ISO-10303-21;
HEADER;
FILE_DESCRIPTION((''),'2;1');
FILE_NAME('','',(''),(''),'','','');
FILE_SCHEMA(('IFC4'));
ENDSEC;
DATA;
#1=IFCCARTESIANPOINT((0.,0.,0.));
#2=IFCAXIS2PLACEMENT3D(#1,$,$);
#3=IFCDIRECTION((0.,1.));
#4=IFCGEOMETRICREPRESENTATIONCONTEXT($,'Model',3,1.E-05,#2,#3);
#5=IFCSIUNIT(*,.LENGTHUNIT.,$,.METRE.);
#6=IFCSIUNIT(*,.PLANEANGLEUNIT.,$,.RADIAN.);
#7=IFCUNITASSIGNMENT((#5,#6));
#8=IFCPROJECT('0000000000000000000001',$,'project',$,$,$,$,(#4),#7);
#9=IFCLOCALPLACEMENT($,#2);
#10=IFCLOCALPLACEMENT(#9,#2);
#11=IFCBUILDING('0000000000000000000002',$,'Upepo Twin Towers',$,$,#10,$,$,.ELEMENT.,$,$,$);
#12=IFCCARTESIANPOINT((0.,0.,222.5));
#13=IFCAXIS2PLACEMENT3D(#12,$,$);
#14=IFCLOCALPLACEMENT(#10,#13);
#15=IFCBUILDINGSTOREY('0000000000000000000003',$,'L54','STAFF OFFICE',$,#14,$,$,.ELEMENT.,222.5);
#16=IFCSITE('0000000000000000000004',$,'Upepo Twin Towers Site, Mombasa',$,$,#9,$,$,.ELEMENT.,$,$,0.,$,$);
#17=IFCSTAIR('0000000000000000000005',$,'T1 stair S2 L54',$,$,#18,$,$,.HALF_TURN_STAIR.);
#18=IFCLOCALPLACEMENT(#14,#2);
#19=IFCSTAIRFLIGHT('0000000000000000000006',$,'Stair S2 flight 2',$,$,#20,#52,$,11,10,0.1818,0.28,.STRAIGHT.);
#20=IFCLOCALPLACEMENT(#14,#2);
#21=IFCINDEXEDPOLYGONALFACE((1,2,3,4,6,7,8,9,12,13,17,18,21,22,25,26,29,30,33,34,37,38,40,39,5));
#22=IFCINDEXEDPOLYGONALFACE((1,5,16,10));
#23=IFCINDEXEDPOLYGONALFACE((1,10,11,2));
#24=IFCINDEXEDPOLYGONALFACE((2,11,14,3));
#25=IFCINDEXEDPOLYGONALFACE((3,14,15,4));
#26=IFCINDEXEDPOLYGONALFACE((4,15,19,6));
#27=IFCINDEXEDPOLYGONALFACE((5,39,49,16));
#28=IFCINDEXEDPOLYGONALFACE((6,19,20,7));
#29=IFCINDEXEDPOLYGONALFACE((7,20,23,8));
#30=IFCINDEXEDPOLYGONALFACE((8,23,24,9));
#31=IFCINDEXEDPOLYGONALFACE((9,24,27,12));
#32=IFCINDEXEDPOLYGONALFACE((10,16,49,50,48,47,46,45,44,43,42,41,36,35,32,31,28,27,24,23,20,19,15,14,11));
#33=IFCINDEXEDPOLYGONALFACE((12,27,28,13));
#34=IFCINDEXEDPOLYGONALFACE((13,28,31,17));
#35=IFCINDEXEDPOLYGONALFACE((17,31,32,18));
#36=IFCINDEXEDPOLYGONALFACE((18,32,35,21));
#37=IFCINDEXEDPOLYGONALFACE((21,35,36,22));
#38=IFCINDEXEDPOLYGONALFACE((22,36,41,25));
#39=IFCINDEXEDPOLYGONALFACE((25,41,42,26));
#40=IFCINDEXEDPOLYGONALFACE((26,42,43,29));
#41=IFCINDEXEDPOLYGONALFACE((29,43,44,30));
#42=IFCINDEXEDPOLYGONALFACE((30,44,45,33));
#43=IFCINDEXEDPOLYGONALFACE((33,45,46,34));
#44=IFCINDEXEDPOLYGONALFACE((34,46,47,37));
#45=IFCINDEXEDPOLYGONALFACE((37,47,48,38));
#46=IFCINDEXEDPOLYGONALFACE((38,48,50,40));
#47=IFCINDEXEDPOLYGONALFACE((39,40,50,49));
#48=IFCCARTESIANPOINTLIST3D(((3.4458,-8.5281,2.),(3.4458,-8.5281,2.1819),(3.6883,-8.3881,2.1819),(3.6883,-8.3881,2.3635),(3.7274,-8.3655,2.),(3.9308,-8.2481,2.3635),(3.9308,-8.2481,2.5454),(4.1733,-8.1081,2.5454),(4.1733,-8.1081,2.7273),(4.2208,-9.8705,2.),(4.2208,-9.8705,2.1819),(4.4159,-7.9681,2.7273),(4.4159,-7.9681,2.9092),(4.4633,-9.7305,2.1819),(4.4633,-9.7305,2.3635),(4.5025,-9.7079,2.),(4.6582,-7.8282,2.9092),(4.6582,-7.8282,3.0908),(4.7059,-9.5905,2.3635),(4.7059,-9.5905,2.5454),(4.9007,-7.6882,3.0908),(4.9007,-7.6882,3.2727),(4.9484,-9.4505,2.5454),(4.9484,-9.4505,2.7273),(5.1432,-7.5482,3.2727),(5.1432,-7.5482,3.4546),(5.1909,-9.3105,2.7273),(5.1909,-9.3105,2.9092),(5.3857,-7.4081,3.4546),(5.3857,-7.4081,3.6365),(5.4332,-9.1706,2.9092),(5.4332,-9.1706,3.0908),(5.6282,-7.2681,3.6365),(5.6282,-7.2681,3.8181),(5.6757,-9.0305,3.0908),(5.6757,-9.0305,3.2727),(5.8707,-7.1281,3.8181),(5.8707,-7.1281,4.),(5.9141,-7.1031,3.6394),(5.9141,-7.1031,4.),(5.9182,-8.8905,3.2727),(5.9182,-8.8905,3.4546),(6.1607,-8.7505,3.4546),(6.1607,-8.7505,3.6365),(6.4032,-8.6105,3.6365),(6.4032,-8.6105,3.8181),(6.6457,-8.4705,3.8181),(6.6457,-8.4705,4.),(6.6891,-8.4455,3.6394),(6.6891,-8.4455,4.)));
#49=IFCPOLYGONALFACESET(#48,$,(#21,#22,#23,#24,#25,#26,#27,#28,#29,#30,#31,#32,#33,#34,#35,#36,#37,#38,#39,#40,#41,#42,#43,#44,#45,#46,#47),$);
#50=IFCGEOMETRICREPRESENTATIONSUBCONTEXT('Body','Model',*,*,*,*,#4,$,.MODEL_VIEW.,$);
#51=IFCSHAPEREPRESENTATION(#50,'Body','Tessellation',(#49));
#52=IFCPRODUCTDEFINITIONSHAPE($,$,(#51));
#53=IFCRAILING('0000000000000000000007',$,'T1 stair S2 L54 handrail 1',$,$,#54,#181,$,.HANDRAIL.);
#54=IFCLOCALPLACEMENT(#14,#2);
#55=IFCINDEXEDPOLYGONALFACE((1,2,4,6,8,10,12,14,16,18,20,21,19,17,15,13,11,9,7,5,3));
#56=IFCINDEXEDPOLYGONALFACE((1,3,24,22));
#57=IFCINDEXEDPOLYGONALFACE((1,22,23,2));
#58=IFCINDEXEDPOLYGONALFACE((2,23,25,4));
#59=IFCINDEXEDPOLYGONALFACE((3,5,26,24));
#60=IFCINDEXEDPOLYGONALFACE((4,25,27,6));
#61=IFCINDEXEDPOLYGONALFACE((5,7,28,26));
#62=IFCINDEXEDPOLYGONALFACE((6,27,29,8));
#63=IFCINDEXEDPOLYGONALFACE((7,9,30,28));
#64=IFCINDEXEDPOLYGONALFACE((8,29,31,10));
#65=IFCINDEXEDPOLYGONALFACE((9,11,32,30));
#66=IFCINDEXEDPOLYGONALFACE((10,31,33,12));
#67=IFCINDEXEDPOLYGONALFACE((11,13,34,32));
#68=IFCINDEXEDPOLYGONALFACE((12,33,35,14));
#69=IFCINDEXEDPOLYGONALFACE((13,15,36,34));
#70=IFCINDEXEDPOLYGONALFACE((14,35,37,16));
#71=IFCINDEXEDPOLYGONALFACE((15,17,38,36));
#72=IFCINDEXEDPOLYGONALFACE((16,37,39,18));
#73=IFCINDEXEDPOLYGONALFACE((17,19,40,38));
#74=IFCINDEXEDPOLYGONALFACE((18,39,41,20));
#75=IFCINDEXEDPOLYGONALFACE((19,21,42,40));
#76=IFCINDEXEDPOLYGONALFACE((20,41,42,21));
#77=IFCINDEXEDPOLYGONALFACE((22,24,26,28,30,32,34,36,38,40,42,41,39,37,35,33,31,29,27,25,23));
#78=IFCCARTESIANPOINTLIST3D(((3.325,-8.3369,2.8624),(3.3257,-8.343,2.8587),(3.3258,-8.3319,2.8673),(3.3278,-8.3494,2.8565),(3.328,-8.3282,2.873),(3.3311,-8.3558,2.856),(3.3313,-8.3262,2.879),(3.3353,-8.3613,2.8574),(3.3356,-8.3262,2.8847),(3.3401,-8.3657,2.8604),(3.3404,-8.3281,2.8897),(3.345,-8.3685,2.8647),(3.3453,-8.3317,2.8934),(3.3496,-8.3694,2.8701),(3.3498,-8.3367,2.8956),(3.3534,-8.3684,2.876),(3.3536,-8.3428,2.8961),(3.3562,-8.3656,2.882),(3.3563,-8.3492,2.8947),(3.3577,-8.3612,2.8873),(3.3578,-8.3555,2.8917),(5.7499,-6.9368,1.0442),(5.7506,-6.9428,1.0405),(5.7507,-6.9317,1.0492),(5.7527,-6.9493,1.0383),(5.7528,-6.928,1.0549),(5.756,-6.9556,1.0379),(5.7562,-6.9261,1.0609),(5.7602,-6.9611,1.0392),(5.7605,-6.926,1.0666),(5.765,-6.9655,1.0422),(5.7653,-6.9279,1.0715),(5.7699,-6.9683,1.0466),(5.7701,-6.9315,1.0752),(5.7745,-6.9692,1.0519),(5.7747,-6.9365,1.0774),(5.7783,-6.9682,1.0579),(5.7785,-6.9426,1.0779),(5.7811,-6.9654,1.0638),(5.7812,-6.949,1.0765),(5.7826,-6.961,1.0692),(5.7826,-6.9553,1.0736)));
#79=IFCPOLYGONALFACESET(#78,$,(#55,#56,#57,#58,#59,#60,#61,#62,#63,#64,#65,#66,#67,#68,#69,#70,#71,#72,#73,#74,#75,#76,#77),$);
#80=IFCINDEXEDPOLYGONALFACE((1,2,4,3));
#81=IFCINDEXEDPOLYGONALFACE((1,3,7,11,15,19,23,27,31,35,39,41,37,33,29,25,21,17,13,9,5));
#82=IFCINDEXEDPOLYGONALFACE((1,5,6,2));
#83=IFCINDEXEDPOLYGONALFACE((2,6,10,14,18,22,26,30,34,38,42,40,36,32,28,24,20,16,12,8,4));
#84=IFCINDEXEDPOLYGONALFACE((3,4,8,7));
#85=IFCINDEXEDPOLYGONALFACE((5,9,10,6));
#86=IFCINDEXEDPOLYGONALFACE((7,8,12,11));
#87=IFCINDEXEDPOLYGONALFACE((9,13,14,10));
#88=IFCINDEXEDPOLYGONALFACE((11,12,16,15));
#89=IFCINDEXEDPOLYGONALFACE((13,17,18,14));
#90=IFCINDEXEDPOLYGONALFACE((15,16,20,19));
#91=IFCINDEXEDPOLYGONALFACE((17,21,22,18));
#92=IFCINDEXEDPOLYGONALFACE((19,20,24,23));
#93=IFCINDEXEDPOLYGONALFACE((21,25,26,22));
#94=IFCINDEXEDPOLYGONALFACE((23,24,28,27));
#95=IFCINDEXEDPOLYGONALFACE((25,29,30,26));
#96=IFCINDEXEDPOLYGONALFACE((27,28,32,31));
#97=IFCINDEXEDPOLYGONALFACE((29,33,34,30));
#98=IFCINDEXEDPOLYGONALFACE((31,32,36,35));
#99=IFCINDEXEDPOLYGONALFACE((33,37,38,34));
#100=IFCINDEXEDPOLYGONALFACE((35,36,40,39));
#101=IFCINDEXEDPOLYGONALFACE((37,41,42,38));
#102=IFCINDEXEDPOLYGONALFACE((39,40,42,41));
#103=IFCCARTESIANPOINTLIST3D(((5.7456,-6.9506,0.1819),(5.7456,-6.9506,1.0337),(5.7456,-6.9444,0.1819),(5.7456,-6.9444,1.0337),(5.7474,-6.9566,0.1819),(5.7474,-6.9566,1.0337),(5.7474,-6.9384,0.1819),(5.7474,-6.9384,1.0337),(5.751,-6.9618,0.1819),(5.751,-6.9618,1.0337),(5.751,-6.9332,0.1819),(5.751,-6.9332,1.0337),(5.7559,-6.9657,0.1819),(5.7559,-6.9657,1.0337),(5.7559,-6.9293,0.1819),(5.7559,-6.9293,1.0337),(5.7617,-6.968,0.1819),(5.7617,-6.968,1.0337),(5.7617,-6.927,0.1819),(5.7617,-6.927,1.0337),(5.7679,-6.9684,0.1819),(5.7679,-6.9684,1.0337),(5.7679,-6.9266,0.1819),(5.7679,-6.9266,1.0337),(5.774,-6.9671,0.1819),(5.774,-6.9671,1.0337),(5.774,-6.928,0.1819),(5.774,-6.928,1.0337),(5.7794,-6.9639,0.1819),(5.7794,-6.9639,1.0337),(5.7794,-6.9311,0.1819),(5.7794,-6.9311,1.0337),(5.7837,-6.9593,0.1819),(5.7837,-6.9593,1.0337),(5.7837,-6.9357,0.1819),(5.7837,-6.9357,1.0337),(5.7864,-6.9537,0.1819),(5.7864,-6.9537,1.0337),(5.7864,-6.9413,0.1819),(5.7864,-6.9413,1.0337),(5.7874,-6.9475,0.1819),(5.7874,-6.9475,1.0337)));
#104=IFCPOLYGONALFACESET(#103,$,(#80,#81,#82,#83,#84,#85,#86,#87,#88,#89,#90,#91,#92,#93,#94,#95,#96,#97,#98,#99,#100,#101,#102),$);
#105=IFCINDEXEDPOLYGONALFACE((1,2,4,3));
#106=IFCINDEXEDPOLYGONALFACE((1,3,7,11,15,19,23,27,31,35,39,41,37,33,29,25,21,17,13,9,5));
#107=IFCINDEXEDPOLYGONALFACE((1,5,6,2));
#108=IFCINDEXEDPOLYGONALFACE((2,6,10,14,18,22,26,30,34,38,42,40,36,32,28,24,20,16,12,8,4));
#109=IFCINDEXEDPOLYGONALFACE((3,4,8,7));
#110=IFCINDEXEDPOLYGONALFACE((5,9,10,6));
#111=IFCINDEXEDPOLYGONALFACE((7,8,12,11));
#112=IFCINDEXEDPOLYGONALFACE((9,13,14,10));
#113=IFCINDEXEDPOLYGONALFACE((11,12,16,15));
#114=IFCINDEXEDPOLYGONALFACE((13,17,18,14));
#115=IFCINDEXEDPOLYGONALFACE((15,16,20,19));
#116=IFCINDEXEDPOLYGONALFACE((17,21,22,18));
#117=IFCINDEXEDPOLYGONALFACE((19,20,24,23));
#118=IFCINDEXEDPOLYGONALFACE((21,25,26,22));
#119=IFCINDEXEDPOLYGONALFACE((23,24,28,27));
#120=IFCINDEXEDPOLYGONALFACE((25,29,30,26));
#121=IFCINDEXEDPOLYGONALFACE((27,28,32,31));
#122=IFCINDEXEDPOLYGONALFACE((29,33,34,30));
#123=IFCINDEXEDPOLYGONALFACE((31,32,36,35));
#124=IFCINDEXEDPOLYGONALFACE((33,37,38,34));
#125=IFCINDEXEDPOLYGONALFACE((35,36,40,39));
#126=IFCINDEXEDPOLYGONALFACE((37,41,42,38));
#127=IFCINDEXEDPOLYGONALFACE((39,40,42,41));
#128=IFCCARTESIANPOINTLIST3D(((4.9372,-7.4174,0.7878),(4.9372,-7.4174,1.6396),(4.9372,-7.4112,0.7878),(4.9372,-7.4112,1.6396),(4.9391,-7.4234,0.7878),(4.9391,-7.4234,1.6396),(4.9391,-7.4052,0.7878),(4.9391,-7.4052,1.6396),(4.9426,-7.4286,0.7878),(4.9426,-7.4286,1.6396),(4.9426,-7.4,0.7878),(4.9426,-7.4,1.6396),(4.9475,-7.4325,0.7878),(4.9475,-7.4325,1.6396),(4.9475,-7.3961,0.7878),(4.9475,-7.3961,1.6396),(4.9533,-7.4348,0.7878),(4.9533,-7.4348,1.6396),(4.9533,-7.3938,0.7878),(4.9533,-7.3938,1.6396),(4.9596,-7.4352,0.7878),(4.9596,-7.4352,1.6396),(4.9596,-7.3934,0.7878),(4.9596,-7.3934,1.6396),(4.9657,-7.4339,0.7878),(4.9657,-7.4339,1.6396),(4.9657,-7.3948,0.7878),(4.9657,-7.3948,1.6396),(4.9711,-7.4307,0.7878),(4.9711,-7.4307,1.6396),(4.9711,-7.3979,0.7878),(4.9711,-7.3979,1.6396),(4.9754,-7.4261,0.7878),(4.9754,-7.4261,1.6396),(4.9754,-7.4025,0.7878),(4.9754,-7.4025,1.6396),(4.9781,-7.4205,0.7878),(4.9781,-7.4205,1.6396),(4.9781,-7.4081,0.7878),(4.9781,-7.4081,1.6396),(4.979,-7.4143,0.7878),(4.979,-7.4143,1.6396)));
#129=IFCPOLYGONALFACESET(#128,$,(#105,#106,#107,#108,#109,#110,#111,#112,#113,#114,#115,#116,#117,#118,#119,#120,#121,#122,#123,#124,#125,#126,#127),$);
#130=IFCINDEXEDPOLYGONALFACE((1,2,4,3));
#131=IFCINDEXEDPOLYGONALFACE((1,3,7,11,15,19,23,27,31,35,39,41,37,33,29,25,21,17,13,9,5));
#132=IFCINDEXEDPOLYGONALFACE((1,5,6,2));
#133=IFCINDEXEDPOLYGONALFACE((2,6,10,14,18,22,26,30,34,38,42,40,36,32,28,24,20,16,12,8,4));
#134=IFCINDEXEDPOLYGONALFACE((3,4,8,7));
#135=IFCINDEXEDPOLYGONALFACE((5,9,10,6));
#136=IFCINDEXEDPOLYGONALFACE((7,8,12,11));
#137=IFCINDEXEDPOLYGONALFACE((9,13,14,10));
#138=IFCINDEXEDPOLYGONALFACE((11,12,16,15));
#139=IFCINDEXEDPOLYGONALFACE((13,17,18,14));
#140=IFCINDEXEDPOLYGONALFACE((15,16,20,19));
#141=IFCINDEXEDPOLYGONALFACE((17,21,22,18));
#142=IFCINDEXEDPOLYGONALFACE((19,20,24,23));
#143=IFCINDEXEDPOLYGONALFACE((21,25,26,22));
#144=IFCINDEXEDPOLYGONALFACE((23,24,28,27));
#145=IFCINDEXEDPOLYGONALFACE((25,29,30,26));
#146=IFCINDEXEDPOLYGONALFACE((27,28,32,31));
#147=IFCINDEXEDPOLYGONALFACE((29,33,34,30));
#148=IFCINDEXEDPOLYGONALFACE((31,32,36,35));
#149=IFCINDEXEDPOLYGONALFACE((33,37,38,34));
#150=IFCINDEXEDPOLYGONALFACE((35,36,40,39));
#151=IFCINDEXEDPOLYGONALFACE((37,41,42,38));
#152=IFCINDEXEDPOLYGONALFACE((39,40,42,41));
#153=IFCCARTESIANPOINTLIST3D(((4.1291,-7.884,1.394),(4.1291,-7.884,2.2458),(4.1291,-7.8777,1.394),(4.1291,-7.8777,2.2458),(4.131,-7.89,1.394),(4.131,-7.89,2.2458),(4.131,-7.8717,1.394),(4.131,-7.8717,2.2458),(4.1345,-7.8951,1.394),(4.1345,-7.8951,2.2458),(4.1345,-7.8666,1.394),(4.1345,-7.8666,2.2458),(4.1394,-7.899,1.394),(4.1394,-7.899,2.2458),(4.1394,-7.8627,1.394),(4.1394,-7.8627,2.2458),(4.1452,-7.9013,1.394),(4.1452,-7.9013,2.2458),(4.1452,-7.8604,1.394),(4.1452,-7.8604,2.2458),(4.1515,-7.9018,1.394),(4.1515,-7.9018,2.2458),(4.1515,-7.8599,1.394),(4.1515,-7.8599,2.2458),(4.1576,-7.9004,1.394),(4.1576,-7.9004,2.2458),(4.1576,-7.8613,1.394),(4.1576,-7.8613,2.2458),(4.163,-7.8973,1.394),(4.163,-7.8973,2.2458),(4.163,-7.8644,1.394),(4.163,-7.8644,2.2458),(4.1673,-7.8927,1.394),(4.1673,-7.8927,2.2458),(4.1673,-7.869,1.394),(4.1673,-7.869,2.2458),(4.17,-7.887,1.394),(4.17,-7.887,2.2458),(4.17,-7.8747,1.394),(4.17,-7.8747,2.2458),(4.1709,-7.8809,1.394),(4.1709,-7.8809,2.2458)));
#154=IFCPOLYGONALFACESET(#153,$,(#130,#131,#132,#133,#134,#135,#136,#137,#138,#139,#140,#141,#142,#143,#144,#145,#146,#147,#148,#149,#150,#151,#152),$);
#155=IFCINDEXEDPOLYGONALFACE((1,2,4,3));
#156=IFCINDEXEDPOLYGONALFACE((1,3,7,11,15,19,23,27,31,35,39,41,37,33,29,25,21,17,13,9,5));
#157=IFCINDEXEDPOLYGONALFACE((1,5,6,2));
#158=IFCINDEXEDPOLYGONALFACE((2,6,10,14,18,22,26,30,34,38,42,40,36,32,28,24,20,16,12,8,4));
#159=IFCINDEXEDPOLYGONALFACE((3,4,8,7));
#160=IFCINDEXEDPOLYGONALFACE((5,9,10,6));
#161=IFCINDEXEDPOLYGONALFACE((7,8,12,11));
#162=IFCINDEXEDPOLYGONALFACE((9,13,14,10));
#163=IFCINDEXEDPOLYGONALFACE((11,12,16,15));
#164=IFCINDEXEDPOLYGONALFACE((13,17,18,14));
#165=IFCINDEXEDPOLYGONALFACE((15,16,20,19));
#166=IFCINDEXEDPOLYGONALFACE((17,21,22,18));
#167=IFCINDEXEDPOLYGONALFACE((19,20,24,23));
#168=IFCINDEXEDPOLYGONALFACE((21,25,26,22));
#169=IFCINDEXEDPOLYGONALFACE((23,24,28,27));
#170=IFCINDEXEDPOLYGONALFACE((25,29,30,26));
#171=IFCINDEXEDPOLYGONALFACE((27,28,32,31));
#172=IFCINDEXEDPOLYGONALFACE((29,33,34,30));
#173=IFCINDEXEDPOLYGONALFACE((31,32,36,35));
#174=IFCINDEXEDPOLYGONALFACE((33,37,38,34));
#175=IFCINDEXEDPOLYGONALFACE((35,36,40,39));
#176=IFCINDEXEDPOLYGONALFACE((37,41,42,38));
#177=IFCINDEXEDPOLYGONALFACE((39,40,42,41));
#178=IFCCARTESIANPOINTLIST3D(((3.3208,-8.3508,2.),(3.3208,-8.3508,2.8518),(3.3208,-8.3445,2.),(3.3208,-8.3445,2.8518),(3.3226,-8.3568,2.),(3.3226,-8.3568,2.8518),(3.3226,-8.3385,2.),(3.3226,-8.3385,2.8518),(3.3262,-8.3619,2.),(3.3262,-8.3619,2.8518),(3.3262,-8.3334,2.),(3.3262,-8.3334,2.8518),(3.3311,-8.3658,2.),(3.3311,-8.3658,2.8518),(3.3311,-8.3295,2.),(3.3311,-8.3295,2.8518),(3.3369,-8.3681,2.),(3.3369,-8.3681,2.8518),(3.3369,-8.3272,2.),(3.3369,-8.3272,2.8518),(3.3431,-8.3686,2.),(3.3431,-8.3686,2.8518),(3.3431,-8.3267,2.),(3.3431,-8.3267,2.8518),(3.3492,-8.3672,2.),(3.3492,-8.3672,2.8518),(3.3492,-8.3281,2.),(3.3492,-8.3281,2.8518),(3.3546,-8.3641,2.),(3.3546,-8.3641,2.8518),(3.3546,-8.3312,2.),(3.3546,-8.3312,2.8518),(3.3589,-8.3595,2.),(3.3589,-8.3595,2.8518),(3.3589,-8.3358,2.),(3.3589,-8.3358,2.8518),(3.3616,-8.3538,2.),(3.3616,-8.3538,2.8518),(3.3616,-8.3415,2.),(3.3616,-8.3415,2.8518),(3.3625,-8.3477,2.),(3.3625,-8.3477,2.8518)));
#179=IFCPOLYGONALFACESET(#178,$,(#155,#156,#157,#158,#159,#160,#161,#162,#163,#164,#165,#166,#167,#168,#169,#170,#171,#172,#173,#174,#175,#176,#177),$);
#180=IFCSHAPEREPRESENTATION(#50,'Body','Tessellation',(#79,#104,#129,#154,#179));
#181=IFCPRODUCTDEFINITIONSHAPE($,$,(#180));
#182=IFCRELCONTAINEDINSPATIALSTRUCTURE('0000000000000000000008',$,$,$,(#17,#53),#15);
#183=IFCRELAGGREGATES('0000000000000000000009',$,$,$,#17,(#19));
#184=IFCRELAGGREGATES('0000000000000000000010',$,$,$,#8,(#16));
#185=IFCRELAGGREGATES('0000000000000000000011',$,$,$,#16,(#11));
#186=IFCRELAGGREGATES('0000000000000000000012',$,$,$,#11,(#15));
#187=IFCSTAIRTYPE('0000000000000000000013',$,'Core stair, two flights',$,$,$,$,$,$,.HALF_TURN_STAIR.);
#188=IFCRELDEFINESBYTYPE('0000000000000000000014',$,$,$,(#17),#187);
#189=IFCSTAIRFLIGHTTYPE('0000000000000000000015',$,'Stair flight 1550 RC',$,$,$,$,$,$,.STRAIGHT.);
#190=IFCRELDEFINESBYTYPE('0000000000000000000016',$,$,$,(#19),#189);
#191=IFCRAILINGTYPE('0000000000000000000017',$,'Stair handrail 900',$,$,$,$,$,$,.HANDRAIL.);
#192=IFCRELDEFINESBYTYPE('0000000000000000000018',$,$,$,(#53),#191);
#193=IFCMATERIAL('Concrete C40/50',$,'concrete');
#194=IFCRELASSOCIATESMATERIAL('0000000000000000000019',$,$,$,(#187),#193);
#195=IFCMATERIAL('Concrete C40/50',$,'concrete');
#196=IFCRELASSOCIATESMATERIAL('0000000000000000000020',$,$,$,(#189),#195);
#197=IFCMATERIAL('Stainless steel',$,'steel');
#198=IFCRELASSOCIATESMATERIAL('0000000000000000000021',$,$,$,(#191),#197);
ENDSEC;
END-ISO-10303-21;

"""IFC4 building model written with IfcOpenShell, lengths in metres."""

from ifc_helpers import new_model, si_unit, direction, frame, origin, origin_2d, place, context, subcontext, project, spatial, polyline, circle, outline, extrude, material, type_object, element, aggregate, save


model = new_model("IFC4")

# Units and contexts
model_context = context("Model", 3, precision=1e-05, world=origin(), true_north=direction((0.0, 1.0)))
body_context = subcontext(model_context, "Body", "Model", "MODEL_VIEW")
ifc_project = project(units=[si_unit("LENGTHUNIT", "METRE"), si_unit("PLANEANGLEUNIT", "RADIAN")], contexts=[model_context])

# Site, building, storey
site_placement = place(None, origin())
site = spatial("IfcSite", under=ifc_project, at=site_placement, Name="Upepo Twin Towers Site, Mombasa", CompositionType="ELEMENT", RefElevation=0.0)
building_placement = place(site_placement, origin())
building = spatial("IfcBuilding", under=site, at=building_placement, Name="Upepo Twin Towers", CompositionType="ELEMENT")
storey_placement = place(building_placement, frame((0.0, 0.0, 222.5)))
storey = spatial("IfcBuildingStorey", under=building, at=storey_placement, Name="L54", Description="STAFF OFFICE", CompositionType="ELEMENT", Elevation=222.5)

# Stair
ifc_material_1 = material(Name="Concrete C40/50", Category="concrete")
stair_type = type_object("IfcStairType", Name="Core stair, two flights", PredefinedType="HALF_TURN_STAIR", material=ifc_material_1)
stair_1_placement = place(storey_placement, origin())
stair_1 = element("IfcStair", 1, at=stair_1_placement, inside=storey, type_object=stair_type, Name="T1 stair S2 L54", PredefinedType="HALF_TURN_STAIR")

# Stair flight
ifc_material_2 = material(Name="Concrete C40/50", Category="concrete")
stair_flight_type = type_object("IfcStairFlightType", Name="Stair flight 1550 RC", PredefinedType="STRAIGHT", material=ifc_material_2)
stair_flight_1_placement = place(storey_placement, frame((3.8333, -9.1992, 2.0), z_axis=(0.0, 0.0, 1.0), x_axis=(0.866025, 0.5, 0.0)))
stair_flight_1 = element("IfcStairFlight", 2, at=stair_flight_1_placement, type_object=stair_flight_type, Name="Stair S2 flight 2", NumberOfRisers=11, NumberOfTreads=10, PredefinedType="STRAIGHT", RiserHeight=0.1818, TreadLength=0.28, context=body_context, shape_type="SweptSolid", body=[
    extrude(outline(polyline([(0.0, 0.0), (0.0, 0.1819), (0.28, 0.1819), (0.28, 0.3635), (0.5601, 0.3635), (0.5601, 0.5454), (0.8401, 0.5454), (0.8401, 0.7273), (1.1201, 0.7273), (1.1201, 0.9092), (1.3999, 0.9092), (1.3999, 1.0908), (1.6799, 1.0908), (1.6799, 1.2727), (1.96, 1.2727), (1.96, 1.4546), (2.24, 1.4546), (2.24, 1.6365), (2.52, 1.6365), (2.52, 1.8181), (2.8, 1.8181), (2.8, 2.0), (2.8501, 2.0), (2.8501, 1.6394), (0.3252, 0.0), (0.0, 0.0)])), frame((0.0, 0.7749, 0.0), z_axis=(0.0, -1.0, 0.0), x_axis=(1.0, 0.0, 0.0)), (0.0, 0.0, 1.0), 1.55),
])
aggregate(stair_1, [stair_flight_1])

# Railing
ifc_material_3 = material(Name="Stainless steel", Category="steel")
railing_type = type_object("IfcRailingType", Name="Stair handrail 900", PredefinedType="HANDRAIL", material=ifc_material_3)
railing_1_placement = place(storey_placement, frame((5.7664, -6.9475, 0.1819)))
element("IfcRailing", 3, at=railing_1_placement, inside=storey, type_object=railing_type, Name="T1 stair S2 L54 handrail 1", PredefinedType="HANDRAIL", context=body_context, shape_type="SweptSolid", body=[
    extrude(circle(Radius=0.0239, at=origin_2d()), frame((0.0, 0.0, 0.876), z_axis=(-0.726314, -0.419393, 0.544589), x_axis=(0.50005, -0.865997, 0.0)), (0.0, 0.0, 1.0), 3.3386),
    extrude(circle(Radius=0.021, at=origin_2d()), origin(), (0.0, 0.0, 1.0), 0.8518),
    extrude(circle(Radius=0.021, at=origin_2d()), frame((-0.8083, -0.4668, 0.606)), (0.0, 0.0, 1.0), 0.8518),
    extrude(circle(Radius=0.021, at=origin_2d()), frame((-1.6165, -0.9333, 1.2122)), (0.0, 0.0, 1.0), 0.8518),
    extrude(circle(Radius=0.021, at=origin_2d()), frame((-2.4248, -1.4001, 1.8181)), (0.0, 0.0, 1.0), 0.8518),
])

save(model, "model.ifc")
